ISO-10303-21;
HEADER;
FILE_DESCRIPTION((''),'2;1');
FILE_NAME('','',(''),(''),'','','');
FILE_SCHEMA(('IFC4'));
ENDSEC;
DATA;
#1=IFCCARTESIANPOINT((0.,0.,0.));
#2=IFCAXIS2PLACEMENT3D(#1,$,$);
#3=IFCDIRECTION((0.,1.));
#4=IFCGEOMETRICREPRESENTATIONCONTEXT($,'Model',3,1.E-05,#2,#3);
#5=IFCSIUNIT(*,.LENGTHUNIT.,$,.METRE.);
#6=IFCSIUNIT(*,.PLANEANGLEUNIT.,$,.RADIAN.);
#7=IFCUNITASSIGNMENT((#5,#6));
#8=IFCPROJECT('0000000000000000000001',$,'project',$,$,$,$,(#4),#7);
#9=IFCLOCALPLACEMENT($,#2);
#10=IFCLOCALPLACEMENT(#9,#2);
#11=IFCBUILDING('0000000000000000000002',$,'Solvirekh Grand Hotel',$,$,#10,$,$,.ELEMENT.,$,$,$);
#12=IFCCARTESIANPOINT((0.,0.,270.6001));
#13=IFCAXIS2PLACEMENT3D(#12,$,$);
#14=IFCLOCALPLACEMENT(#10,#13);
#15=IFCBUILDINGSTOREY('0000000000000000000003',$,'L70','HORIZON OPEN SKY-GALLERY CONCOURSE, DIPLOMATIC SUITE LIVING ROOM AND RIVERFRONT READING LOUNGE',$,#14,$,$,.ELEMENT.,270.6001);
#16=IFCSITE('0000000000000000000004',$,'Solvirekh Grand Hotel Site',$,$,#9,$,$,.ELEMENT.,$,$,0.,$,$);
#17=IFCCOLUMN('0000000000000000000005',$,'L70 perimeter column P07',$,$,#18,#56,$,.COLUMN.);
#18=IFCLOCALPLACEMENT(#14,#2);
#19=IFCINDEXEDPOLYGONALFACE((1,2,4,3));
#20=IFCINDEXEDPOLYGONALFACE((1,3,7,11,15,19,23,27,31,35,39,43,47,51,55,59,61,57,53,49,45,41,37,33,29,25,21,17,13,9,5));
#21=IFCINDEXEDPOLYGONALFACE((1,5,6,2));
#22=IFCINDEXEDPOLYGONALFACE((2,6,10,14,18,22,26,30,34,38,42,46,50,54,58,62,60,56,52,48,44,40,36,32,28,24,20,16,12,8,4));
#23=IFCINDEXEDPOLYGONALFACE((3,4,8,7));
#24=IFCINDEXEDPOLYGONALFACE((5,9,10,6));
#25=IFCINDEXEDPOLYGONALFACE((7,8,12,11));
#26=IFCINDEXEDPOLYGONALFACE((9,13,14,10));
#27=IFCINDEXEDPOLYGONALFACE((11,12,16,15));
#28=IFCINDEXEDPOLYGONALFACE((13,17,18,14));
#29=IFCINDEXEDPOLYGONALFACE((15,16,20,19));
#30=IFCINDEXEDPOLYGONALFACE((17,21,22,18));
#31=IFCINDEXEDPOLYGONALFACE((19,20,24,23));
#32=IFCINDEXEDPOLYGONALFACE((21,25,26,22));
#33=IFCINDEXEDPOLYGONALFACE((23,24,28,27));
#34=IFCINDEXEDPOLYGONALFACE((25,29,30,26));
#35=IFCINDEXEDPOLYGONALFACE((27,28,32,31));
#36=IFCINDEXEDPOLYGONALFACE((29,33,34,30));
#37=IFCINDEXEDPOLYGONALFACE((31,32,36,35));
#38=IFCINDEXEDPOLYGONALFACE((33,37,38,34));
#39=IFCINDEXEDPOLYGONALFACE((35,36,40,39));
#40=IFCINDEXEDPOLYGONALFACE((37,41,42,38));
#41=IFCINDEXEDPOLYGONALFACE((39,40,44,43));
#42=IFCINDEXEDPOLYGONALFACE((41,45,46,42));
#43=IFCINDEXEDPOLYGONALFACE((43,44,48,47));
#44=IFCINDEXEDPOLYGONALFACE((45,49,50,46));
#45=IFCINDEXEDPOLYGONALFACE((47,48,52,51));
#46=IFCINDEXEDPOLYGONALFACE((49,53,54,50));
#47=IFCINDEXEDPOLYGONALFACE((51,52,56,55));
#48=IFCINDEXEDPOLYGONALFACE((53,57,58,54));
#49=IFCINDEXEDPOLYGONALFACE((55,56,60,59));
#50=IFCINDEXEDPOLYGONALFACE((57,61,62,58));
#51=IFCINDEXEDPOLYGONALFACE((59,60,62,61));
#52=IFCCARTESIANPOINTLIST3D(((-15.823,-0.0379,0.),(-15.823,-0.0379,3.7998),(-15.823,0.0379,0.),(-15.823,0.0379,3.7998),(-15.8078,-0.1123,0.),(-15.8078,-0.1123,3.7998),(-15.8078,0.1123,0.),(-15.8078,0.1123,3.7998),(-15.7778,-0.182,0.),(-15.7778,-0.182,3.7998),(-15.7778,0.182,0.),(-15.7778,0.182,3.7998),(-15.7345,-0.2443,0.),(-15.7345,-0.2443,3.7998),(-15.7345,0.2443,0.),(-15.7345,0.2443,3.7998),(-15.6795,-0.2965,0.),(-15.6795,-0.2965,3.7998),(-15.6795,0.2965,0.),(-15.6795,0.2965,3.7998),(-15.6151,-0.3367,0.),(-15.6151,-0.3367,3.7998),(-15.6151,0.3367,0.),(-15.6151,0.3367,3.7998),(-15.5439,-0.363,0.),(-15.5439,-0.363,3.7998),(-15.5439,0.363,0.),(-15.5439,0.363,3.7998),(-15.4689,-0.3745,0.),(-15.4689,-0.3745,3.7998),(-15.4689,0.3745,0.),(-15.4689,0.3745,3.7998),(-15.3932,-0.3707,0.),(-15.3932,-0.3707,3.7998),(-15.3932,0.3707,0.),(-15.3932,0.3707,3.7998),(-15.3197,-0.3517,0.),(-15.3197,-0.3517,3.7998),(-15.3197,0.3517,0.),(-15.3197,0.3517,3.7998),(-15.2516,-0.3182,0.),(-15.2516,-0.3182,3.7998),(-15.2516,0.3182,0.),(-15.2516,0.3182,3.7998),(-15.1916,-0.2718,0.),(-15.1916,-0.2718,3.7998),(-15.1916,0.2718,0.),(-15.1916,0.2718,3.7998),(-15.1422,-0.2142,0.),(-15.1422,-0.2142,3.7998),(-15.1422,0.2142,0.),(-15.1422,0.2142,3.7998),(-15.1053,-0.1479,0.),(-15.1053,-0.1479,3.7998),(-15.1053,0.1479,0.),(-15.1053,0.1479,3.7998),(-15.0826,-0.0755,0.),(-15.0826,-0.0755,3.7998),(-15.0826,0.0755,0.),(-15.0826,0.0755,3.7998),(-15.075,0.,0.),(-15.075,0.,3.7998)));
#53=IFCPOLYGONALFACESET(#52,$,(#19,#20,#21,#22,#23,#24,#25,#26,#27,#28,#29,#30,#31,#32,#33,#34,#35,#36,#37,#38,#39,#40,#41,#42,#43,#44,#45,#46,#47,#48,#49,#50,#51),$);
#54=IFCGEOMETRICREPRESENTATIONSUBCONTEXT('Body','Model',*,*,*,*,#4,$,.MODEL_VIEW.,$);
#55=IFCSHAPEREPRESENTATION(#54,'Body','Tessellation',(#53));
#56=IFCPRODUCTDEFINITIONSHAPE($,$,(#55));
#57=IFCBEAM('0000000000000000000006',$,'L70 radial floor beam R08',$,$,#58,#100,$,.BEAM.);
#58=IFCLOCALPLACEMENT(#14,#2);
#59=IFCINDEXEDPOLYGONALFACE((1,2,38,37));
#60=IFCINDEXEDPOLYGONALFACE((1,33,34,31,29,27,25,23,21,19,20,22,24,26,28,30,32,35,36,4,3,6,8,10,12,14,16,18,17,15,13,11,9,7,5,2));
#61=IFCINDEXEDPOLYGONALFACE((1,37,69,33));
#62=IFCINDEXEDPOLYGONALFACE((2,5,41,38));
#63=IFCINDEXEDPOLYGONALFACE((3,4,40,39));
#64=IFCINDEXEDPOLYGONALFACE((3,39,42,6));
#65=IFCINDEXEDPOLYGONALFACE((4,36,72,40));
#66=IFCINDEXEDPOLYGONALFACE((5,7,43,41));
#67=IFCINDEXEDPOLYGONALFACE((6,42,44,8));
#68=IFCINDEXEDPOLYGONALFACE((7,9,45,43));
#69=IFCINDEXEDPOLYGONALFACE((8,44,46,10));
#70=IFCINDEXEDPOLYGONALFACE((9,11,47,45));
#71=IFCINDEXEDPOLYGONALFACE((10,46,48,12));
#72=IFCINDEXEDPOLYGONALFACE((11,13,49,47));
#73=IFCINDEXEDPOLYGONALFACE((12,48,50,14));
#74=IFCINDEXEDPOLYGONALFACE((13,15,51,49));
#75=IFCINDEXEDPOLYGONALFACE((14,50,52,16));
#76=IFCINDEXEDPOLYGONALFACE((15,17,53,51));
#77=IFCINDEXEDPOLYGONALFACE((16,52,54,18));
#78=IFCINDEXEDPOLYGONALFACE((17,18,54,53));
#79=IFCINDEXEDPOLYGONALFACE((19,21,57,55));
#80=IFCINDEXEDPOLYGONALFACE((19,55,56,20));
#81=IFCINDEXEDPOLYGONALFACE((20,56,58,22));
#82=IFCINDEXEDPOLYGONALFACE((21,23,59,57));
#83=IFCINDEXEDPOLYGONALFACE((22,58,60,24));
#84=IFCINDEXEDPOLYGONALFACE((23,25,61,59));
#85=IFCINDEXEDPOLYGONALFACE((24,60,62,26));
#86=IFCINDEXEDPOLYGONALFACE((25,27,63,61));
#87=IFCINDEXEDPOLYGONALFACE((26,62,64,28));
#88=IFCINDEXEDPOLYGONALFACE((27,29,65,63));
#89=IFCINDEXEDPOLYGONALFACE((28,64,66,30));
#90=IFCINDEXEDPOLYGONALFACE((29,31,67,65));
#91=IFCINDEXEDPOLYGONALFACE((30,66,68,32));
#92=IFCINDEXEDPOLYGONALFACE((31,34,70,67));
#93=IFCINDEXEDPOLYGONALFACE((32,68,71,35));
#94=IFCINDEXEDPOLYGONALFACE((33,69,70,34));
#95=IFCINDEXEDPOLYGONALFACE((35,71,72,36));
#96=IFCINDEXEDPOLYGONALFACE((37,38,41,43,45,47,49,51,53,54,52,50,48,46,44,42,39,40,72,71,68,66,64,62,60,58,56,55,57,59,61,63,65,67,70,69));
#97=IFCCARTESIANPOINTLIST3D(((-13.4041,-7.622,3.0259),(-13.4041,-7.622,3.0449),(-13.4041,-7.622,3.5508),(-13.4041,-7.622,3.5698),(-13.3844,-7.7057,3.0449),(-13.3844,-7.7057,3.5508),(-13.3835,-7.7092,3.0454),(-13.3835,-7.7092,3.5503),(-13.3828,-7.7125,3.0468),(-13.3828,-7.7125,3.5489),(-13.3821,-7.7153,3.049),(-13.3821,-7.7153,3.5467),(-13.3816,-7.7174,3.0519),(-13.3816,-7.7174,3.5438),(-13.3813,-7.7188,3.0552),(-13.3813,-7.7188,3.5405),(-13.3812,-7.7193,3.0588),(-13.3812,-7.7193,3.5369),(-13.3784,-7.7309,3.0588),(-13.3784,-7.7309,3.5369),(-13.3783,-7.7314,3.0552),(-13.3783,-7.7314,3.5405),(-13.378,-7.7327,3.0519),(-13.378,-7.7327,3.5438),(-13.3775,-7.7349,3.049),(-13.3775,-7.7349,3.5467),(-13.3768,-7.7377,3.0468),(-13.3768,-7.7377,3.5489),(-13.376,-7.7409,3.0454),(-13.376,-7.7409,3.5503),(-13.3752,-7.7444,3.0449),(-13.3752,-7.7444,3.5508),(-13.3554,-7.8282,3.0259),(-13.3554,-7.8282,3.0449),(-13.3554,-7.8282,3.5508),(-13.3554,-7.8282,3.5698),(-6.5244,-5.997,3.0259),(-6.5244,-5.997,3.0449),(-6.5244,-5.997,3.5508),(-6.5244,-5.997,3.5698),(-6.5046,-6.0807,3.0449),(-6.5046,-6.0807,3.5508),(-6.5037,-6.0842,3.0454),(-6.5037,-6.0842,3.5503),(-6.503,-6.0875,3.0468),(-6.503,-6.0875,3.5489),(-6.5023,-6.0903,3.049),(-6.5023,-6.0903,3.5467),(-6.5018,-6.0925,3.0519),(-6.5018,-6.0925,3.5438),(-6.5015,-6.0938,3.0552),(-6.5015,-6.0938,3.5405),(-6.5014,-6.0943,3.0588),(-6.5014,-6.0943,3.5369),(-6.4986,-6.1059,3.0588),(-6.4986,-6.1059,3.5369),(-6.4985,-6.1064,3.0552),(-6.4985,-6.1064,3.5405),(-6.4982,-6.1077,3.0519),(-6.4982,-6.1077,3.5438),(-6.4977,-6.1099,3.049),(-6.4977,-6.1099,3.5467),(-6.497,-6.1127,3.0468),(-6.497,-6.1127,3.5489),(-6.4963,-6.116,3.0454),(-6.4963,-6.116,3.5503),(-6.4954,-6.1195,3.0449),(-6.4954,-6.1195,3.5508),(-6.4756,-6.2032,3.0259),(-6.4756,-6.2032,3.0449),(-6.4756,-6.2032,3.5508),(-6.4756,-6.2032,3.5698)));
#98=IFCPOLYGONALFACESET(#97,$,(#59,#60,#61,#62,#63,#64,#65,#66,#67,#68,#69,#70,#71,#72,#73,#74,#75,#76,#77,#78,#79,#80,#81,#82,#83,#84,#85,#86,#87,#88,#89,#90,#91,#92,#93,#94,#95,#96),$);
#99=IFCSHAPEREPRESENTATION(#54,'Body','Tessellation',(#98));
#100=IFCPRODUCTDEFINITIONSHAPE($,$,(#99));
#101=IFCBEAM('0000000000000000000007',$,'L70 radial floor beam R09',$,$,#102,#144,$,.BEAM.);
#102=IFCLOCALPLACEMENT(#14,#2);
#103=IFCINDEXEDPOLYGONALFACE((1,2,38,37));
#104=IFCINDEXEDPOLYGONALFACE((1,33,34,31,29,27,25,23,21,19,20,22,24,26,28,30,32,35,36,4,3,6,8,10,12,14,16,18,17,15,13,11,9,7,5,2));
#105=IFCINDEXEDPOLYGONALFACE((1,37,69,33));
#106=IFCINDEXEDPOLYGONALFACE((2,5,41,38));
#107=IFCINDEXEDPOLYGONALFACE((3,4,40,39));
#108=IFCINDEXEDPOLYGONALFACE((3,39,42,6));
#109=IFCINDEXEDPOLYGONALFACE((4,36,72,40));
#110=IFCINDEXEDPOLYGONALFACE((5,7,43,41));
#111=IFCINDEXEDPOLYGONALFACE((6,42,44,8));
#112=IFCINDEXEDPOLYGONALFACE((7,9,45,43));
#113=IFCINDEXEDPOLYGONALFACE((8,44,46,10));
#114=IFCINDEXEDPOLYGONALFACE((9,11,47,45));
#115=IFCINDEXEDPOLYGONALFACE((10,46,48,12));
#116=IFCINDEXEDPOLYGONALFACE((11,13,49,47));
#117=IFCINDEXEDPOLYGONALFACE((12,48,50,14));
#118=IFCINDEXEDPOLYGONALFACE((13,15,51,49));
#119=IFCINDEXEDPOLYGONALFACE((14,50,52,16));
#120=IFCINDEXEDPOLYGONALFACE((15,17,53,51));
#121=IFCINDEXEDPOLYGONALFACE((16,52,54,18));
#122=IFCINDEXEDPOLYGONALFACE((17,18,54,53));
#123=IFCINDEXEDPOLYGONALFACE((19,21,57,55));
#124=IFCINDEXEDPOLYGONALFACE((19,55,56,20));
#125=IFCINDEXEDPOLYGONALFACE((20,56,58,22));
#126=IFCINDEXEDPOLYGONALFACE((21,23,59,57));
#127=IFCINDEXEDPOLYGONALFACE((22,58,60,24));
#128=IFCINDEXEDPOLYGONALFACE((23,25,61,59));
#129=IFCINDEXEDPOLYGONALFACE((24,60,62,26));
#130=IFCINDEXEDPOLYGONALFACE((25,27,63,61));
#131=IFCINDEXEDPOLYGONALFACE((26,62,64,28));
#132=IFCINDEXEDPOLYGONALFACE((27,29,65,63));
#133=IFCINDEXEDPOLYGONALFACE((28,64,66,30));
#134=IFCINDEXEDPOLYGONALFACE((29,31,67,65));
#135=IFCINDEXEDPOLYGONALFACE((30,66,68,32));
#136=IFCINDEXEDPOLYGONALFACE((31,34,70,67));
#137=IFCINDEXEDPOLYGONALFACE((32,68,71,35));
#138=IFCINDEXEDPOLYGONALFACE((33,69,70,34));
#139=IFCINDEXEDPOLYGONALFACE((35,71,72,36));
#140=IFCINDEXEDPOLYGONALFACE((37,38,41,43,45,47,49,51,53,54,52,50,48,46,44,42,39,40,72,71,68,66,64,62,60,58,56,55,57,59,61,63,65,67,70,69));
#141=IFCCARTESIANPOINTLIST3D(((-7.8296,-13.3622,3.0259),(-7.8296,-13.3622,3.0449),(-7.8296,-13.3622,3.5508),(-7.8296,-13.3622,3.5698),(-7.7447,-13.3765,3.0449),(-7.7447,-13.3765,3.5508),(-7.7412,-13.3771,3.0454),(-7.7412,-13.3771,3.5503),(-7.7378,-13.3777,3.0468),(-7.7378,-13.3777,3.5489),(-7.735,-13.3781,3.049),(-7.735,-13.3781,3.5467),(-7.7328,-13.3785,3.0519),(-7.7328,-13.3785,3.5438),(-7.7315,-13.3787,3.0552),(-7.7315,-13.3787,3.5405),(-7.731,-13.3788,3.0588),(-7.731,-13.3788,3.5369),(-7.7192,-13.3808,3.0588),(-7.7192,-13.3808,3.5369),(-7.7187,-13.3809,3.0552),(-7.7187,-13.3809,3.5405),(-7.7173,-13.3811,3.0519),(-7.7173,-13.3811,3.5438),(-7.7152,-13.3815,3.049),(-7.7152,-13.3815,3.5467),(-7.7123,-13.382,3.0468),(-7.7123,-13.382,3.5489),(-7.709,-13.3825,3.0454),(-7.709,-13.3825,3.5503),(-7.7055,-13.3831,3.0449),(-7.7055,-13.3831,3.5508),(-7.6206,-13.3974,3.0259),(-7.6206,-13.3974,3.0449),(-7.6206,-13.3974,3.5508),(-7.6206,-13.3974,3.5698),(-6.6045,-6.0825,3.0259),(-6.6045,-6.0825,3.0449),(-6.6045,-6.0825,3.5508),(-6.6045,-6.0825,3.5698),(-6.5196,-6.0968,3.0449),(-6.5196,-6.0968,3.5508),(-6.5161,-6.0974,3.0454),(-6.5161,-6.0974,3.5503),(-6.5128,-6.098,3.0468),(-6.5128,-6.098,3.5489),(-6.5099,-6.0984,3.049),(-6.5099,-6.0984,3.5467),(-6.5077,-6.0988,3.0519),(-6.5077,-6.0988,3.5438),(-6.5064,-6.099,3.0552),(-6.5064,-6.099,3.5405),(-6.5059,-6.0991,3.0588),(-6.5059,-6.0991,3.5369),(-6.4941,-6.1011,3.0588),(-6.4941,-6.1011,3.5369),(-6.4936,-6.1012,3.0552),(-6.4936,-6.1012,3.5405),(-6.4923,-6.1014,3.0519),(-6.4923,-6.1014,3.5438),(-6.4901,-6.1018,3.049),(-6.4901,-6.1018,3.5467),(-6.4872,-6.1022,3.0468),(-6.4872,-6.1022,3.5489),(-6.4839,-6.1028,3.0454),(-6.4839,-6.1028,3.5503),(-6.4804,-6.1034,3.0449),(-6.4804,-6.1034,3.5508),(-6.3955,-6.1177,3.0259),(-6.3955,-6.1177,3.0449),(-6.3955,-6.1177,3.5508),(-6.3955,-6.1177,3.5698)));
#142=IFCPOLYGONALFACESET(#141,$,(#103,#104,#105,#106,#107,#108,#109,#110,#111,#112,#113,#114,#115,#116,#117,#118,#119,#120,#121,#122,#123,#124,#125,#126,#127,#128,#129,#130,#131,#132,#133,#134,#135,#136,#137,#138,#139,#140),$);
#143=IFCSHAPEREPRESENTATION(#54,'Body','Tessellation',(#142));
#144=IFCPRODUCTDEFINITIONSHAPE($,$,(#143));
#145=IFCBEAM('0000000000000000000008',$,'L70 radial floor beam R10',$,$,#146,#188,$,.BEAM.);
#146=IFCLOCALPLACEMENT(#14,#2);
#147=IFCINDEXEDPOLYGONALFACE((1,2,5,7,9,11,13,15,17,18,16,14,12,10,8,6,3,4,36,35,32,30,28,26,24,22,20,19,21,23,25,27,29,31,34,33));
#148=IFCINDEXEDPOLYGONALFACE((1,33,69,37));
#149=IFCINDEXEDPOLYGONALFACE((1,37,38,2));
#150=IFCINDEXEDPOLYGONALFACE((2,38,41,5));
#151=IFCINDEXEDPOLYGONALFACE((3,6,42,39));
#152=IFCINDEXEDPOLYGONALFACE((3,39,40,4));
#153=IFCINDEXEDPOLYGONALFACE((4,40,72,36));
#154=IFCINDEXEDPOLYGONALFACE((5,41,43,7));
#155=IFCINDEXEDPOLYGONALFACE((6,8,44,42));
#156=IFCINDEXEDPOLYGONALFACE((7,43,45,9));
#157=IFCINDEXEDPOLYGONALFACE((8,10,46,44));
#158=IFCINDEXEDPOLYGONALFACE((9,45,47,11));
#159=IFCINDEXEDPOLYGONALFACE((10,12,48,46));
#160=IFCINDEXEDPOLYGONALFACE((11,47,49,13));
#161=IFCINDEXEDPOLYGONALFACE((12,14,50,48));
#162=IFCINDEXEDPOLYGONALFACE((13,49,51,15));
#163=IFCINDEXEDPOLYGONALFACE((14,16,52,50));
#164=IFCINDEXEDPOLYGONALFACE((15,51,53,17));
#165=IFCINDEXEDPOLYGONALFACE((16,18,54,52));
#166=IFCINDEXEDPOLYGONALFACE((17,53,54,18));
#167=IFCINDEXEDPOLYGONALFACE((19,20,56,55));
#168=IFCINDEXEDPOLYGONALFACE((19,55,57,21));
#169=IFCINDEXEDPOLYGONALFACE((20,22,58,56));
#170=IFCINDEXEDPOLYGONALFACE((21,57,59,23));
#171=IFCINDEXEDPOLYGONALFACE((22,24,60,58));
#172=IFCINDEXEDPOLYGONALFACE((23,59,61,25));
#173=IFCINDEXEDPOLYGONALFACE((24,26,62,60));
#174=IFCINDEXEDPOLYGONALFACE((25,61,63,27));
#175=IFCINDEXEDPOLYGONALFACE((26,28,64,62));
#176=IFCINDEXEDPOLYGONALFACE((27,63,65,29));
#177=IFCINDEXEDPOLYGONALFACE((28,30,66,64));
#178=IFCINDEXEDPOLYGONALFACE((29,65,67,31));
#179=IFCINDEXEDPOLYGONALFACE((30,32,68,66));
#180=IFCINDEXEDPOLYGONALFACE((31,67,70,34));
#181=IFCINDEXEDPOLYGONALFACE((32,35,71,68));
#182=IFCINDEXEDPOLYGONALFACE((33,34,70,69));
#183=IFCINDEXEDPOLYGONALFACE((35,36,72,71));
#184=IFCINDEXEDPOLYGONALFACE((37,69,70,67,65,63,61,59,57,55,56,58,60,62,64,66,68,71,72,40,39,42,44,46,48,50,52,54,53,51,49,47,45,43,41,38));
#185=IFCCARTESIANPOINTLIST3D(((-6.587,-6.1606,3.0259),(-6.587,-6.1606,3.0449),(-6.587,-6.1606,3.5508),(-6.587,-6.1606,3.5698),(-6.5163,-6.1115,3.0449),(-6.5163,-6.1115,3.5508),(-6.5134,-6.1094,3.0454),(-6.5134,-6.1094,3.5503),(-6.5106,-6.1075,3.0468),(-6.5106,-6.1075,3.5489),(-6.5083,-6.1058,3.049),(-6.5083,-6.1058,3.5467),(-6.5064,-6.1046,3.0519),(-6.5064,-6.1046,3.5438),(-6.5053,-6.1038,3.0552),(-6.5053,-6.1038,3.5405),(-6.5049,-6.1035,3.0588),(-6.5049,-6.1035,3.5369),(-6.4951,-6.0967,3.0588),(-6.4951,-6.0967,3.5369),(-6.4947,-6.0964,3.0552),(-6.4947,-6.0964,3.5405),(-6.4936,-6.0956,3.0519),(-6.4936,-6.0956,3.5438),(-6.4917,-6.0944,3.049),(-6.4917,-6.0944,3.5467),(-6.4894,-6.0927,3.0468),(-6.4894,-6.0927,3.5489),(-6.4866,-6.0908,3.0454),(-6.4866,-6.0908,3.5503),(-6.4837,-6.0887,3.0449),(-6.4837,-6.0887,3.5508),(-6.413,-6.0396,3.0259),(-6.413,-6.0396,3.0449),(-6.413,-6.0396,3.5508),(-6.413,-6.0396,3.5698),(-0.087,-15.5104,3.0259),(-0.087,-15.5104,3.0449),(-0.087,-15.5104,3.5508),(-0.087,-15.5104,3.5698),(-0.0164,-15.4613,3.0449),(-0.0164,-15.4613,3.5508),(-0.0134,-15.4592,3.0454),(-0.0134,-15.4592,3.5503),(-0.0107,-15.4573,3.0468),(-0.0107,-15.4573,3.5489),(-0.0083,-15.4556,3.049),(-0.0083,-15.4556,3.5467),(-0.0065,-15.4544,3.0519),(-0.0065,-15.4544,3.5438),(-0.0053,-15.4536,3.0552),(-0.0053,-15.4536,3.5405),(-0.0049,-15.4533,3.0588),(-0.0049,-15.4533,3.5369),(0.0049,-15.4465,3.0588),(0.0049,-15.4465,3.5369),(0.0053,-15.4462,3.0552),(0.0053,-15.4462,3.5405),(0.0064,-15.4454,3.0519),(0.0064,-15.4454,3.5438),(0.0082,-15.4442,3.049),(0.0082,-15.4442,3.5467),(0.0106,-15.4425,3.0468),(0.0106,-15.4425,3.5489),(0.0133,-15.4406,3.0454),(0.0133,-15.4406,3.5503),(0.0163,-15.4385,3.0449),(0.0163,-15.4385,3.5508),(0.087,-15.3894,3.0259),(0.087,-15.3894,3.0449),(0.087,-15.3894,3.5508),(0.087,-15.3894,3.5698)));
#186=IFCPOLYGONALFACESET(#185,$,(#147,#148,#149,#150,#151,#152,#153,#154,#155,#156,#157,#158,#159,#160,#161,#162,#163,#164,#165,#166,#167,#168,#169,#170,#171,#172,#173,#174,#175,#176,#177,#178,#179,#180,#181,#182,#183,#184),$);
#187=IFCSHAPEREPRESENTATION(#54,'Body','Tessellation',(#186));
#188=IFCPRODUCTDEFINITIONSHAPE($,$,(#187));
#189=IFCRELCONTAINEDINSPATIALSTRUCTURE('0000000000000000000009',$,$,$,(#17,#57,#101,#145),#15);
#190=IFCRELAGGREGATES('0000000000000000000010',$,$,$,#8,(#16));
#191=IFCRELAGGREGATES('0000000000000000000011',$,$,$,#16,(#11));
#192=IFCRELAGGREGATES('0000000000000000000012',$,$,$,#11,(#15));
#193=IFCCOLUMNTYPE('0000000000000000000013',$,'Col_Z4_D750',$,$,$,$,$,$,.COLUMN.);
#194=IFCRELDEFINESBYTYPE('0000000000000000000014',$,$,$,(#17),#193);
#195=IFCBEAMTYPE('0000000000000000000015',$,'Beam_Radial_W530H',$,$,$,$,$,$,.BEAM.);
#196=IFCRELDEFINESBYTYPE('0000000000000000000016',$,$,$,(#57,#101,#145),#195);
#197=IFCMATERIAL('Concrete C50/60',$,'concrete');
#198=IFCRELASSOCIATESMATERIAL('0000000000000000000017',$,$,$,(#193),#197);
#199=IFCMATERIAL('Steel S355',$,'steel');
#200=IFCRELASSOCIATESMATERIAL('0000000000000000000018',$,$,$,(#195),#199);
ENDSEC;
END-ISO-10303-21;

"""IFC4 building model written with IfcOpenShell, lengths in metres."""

from ifc_helpers import new_model, si_unit, direction, frame, origin, origin_2d, place, context, subcontext, project, spatial, circle, i_section, extrude, material, material_profile, profile_set, type_object, element, save


model = new_model("IFC4")

# Units and contexts
model_context = context("Model", 3, precision=1e-05, world=origin(), true_north=direction((0.0, 1.0)))
body_context = subcontext(model_context, "Body", "Model", "MODEL_VIEW")
ifc_project = project(units=[si_unit("LENGTHUNIT", "METRE"), si_unit("PLANEANGLEUNIT", "RADIAN")], contexts=[model_context])

# Site, building, storey
site_placement = place(None, origin())
site = spatial("IfcSite", under=ifc_project, at=site_placement, Name="Solvirekh Grand Hotel Site", CompositionType="ELEMENT", RefElevation=0.0)
building_placement = place(site_placement, origin())
building = spatial("IfcBuilding", under=site, at=building_placement, Name="Solvirekh Grand Hotel", CompositionType="ELEMENT")
storey_placement = place(building_placement, frame((0.0, 0.0, 270.6001)))
storey = spatial("IfcBuildingStorey", under=building, at=storey_placement, Name="L70", Description="HORIZON OPEN SKY-GALLERY CONCOURSE, DIPLOMATIC SUITE LIVING ROOM AND RIVERFRONT READING LOUNGE", CompositionType="ELEMENT", Elevation=270.6001)

# Column
ifc_material_1 = material(Name="Concrete C50/60", Category="concrete")
ifc_material_profile_1 = material_profile(ifc_material_1, circle(Radius=0.375, at=origin_2d()), Name="RC CIRC D750")
ifc_profile_set_1 = profile_set([ifc_material_profile_1], Name="Concrete C50/60")
column_type = type_object("IfcColumnType", Name="Col_Z4_D750", PredefinedType="COLUMN", material=ifc_profile_set_1)
column_placement = place(storey_placement, frame((-15.45, 0.0, 0.0), z_axis=(0.0, 0.0, 1.0), x_axis=(1.0, 0.0, 0.0)))
element("IfcColumn", 1, at=column_placement, inside=storey, type_object=column_type, Name="L70 perimeter column P07", PredefinedType="COLUMN", context=body_context, shape_type="SweptSolid", body=[
    extrude(circle(Radius=0.375, at=origin_2d()), origin(), (0.0, 0.0, 1.0), 3.7998),
])

# Beams
ifc_material_2 = material(Name="Steel S355", Category="steel")
ifc_material_profile_2 = material_profile(ifc_material_2, i_section(OverallWidth=0.2119, OverallDepth=0.5439, WebThickness=0.012, FlangeThickness=0.019, FilletRadius=0.0139, at=origin_2d()), Name="W530X123")
ifc_profile_set_2 = profile_set([ifc_material_profile_2], Name="Steel S355")
beam_type_1 = type_object("IfcBeamType", Name="Beam_Radial_W530H", PredefinedType="BEAM", material=ifc_profile_set_2)
beam_1_placement = place(storey_placement, frame((-6.5, -6.1001, 3.2979), z_axis=(-0.973221, -0.229871, 0.0), x_axis=(0.229871, -0.973221, 0.0)))
element("IfcBeam", 2, at=beam_1_placement, inside=storey, type_object=beam_type_1, Name="L70 radial floor beam R08", PredefinedType="BEAM", context=body_context, shape_type="SweptSolid", body=[
    extrude(i_section(OverallWidth=0.2119, OverallDepth=0.5439, WebThickness=0.012, FlangeThickness=0.019, FilletRadius=0.0139, at=origin_2d()), origin(), (0.0, 0.0, 1.0), 7.0691),
])
beam_2_placement = place(storey_placement, frame((-6.5, -6.1001, 3.2979), z_axis=(-0.165954, -0.986133, 0.0), x_axis=(0.986133, -0.165954, 0.0)))
element("IfcBeam", 3, at=beam_2_placement, inside=storey, type_object=beam_type_1, Name="L70 radial floor beam R09", PredefinedType="BEAM", context=body_context, shape_type="SweptSolid", body=[
    extrude(i_section(OverallWidth=0.2119, OverallDepth=0.5439, WebThickness=0.012, FlangeThickness=0.019, FilletRadius=0.0139, at=origin_2d()), origin(), (0.0, 0.0, 1.0), 7.3821),
])
beam_3_placement = place(storey_placement, frame((-6.5, -6.1001, 3.2979), z_axis=(0.570813, -0.82108, 0.0), x_axis=(0.82108, 0.570813, 0.0)))
element("IfcBeam", 4, at=beam_3_placement, inside=storey, type_object=beam_type_1, Name="L70 radial floor beam R10", PredefinedType="BEAM", context=body_context, shape_type="SweptSolid", body=[
    extrude(i_section(OverallWidth=0.2119, OverallDepth=0.5439, WebThickness=0.012, FlangeThickness=0.019, FilletRadius=0.0139, at=origin_2d()), origin(), (0.0, 0.0, 1.0), 11.3872),
])

save(model, "model.ifc")
